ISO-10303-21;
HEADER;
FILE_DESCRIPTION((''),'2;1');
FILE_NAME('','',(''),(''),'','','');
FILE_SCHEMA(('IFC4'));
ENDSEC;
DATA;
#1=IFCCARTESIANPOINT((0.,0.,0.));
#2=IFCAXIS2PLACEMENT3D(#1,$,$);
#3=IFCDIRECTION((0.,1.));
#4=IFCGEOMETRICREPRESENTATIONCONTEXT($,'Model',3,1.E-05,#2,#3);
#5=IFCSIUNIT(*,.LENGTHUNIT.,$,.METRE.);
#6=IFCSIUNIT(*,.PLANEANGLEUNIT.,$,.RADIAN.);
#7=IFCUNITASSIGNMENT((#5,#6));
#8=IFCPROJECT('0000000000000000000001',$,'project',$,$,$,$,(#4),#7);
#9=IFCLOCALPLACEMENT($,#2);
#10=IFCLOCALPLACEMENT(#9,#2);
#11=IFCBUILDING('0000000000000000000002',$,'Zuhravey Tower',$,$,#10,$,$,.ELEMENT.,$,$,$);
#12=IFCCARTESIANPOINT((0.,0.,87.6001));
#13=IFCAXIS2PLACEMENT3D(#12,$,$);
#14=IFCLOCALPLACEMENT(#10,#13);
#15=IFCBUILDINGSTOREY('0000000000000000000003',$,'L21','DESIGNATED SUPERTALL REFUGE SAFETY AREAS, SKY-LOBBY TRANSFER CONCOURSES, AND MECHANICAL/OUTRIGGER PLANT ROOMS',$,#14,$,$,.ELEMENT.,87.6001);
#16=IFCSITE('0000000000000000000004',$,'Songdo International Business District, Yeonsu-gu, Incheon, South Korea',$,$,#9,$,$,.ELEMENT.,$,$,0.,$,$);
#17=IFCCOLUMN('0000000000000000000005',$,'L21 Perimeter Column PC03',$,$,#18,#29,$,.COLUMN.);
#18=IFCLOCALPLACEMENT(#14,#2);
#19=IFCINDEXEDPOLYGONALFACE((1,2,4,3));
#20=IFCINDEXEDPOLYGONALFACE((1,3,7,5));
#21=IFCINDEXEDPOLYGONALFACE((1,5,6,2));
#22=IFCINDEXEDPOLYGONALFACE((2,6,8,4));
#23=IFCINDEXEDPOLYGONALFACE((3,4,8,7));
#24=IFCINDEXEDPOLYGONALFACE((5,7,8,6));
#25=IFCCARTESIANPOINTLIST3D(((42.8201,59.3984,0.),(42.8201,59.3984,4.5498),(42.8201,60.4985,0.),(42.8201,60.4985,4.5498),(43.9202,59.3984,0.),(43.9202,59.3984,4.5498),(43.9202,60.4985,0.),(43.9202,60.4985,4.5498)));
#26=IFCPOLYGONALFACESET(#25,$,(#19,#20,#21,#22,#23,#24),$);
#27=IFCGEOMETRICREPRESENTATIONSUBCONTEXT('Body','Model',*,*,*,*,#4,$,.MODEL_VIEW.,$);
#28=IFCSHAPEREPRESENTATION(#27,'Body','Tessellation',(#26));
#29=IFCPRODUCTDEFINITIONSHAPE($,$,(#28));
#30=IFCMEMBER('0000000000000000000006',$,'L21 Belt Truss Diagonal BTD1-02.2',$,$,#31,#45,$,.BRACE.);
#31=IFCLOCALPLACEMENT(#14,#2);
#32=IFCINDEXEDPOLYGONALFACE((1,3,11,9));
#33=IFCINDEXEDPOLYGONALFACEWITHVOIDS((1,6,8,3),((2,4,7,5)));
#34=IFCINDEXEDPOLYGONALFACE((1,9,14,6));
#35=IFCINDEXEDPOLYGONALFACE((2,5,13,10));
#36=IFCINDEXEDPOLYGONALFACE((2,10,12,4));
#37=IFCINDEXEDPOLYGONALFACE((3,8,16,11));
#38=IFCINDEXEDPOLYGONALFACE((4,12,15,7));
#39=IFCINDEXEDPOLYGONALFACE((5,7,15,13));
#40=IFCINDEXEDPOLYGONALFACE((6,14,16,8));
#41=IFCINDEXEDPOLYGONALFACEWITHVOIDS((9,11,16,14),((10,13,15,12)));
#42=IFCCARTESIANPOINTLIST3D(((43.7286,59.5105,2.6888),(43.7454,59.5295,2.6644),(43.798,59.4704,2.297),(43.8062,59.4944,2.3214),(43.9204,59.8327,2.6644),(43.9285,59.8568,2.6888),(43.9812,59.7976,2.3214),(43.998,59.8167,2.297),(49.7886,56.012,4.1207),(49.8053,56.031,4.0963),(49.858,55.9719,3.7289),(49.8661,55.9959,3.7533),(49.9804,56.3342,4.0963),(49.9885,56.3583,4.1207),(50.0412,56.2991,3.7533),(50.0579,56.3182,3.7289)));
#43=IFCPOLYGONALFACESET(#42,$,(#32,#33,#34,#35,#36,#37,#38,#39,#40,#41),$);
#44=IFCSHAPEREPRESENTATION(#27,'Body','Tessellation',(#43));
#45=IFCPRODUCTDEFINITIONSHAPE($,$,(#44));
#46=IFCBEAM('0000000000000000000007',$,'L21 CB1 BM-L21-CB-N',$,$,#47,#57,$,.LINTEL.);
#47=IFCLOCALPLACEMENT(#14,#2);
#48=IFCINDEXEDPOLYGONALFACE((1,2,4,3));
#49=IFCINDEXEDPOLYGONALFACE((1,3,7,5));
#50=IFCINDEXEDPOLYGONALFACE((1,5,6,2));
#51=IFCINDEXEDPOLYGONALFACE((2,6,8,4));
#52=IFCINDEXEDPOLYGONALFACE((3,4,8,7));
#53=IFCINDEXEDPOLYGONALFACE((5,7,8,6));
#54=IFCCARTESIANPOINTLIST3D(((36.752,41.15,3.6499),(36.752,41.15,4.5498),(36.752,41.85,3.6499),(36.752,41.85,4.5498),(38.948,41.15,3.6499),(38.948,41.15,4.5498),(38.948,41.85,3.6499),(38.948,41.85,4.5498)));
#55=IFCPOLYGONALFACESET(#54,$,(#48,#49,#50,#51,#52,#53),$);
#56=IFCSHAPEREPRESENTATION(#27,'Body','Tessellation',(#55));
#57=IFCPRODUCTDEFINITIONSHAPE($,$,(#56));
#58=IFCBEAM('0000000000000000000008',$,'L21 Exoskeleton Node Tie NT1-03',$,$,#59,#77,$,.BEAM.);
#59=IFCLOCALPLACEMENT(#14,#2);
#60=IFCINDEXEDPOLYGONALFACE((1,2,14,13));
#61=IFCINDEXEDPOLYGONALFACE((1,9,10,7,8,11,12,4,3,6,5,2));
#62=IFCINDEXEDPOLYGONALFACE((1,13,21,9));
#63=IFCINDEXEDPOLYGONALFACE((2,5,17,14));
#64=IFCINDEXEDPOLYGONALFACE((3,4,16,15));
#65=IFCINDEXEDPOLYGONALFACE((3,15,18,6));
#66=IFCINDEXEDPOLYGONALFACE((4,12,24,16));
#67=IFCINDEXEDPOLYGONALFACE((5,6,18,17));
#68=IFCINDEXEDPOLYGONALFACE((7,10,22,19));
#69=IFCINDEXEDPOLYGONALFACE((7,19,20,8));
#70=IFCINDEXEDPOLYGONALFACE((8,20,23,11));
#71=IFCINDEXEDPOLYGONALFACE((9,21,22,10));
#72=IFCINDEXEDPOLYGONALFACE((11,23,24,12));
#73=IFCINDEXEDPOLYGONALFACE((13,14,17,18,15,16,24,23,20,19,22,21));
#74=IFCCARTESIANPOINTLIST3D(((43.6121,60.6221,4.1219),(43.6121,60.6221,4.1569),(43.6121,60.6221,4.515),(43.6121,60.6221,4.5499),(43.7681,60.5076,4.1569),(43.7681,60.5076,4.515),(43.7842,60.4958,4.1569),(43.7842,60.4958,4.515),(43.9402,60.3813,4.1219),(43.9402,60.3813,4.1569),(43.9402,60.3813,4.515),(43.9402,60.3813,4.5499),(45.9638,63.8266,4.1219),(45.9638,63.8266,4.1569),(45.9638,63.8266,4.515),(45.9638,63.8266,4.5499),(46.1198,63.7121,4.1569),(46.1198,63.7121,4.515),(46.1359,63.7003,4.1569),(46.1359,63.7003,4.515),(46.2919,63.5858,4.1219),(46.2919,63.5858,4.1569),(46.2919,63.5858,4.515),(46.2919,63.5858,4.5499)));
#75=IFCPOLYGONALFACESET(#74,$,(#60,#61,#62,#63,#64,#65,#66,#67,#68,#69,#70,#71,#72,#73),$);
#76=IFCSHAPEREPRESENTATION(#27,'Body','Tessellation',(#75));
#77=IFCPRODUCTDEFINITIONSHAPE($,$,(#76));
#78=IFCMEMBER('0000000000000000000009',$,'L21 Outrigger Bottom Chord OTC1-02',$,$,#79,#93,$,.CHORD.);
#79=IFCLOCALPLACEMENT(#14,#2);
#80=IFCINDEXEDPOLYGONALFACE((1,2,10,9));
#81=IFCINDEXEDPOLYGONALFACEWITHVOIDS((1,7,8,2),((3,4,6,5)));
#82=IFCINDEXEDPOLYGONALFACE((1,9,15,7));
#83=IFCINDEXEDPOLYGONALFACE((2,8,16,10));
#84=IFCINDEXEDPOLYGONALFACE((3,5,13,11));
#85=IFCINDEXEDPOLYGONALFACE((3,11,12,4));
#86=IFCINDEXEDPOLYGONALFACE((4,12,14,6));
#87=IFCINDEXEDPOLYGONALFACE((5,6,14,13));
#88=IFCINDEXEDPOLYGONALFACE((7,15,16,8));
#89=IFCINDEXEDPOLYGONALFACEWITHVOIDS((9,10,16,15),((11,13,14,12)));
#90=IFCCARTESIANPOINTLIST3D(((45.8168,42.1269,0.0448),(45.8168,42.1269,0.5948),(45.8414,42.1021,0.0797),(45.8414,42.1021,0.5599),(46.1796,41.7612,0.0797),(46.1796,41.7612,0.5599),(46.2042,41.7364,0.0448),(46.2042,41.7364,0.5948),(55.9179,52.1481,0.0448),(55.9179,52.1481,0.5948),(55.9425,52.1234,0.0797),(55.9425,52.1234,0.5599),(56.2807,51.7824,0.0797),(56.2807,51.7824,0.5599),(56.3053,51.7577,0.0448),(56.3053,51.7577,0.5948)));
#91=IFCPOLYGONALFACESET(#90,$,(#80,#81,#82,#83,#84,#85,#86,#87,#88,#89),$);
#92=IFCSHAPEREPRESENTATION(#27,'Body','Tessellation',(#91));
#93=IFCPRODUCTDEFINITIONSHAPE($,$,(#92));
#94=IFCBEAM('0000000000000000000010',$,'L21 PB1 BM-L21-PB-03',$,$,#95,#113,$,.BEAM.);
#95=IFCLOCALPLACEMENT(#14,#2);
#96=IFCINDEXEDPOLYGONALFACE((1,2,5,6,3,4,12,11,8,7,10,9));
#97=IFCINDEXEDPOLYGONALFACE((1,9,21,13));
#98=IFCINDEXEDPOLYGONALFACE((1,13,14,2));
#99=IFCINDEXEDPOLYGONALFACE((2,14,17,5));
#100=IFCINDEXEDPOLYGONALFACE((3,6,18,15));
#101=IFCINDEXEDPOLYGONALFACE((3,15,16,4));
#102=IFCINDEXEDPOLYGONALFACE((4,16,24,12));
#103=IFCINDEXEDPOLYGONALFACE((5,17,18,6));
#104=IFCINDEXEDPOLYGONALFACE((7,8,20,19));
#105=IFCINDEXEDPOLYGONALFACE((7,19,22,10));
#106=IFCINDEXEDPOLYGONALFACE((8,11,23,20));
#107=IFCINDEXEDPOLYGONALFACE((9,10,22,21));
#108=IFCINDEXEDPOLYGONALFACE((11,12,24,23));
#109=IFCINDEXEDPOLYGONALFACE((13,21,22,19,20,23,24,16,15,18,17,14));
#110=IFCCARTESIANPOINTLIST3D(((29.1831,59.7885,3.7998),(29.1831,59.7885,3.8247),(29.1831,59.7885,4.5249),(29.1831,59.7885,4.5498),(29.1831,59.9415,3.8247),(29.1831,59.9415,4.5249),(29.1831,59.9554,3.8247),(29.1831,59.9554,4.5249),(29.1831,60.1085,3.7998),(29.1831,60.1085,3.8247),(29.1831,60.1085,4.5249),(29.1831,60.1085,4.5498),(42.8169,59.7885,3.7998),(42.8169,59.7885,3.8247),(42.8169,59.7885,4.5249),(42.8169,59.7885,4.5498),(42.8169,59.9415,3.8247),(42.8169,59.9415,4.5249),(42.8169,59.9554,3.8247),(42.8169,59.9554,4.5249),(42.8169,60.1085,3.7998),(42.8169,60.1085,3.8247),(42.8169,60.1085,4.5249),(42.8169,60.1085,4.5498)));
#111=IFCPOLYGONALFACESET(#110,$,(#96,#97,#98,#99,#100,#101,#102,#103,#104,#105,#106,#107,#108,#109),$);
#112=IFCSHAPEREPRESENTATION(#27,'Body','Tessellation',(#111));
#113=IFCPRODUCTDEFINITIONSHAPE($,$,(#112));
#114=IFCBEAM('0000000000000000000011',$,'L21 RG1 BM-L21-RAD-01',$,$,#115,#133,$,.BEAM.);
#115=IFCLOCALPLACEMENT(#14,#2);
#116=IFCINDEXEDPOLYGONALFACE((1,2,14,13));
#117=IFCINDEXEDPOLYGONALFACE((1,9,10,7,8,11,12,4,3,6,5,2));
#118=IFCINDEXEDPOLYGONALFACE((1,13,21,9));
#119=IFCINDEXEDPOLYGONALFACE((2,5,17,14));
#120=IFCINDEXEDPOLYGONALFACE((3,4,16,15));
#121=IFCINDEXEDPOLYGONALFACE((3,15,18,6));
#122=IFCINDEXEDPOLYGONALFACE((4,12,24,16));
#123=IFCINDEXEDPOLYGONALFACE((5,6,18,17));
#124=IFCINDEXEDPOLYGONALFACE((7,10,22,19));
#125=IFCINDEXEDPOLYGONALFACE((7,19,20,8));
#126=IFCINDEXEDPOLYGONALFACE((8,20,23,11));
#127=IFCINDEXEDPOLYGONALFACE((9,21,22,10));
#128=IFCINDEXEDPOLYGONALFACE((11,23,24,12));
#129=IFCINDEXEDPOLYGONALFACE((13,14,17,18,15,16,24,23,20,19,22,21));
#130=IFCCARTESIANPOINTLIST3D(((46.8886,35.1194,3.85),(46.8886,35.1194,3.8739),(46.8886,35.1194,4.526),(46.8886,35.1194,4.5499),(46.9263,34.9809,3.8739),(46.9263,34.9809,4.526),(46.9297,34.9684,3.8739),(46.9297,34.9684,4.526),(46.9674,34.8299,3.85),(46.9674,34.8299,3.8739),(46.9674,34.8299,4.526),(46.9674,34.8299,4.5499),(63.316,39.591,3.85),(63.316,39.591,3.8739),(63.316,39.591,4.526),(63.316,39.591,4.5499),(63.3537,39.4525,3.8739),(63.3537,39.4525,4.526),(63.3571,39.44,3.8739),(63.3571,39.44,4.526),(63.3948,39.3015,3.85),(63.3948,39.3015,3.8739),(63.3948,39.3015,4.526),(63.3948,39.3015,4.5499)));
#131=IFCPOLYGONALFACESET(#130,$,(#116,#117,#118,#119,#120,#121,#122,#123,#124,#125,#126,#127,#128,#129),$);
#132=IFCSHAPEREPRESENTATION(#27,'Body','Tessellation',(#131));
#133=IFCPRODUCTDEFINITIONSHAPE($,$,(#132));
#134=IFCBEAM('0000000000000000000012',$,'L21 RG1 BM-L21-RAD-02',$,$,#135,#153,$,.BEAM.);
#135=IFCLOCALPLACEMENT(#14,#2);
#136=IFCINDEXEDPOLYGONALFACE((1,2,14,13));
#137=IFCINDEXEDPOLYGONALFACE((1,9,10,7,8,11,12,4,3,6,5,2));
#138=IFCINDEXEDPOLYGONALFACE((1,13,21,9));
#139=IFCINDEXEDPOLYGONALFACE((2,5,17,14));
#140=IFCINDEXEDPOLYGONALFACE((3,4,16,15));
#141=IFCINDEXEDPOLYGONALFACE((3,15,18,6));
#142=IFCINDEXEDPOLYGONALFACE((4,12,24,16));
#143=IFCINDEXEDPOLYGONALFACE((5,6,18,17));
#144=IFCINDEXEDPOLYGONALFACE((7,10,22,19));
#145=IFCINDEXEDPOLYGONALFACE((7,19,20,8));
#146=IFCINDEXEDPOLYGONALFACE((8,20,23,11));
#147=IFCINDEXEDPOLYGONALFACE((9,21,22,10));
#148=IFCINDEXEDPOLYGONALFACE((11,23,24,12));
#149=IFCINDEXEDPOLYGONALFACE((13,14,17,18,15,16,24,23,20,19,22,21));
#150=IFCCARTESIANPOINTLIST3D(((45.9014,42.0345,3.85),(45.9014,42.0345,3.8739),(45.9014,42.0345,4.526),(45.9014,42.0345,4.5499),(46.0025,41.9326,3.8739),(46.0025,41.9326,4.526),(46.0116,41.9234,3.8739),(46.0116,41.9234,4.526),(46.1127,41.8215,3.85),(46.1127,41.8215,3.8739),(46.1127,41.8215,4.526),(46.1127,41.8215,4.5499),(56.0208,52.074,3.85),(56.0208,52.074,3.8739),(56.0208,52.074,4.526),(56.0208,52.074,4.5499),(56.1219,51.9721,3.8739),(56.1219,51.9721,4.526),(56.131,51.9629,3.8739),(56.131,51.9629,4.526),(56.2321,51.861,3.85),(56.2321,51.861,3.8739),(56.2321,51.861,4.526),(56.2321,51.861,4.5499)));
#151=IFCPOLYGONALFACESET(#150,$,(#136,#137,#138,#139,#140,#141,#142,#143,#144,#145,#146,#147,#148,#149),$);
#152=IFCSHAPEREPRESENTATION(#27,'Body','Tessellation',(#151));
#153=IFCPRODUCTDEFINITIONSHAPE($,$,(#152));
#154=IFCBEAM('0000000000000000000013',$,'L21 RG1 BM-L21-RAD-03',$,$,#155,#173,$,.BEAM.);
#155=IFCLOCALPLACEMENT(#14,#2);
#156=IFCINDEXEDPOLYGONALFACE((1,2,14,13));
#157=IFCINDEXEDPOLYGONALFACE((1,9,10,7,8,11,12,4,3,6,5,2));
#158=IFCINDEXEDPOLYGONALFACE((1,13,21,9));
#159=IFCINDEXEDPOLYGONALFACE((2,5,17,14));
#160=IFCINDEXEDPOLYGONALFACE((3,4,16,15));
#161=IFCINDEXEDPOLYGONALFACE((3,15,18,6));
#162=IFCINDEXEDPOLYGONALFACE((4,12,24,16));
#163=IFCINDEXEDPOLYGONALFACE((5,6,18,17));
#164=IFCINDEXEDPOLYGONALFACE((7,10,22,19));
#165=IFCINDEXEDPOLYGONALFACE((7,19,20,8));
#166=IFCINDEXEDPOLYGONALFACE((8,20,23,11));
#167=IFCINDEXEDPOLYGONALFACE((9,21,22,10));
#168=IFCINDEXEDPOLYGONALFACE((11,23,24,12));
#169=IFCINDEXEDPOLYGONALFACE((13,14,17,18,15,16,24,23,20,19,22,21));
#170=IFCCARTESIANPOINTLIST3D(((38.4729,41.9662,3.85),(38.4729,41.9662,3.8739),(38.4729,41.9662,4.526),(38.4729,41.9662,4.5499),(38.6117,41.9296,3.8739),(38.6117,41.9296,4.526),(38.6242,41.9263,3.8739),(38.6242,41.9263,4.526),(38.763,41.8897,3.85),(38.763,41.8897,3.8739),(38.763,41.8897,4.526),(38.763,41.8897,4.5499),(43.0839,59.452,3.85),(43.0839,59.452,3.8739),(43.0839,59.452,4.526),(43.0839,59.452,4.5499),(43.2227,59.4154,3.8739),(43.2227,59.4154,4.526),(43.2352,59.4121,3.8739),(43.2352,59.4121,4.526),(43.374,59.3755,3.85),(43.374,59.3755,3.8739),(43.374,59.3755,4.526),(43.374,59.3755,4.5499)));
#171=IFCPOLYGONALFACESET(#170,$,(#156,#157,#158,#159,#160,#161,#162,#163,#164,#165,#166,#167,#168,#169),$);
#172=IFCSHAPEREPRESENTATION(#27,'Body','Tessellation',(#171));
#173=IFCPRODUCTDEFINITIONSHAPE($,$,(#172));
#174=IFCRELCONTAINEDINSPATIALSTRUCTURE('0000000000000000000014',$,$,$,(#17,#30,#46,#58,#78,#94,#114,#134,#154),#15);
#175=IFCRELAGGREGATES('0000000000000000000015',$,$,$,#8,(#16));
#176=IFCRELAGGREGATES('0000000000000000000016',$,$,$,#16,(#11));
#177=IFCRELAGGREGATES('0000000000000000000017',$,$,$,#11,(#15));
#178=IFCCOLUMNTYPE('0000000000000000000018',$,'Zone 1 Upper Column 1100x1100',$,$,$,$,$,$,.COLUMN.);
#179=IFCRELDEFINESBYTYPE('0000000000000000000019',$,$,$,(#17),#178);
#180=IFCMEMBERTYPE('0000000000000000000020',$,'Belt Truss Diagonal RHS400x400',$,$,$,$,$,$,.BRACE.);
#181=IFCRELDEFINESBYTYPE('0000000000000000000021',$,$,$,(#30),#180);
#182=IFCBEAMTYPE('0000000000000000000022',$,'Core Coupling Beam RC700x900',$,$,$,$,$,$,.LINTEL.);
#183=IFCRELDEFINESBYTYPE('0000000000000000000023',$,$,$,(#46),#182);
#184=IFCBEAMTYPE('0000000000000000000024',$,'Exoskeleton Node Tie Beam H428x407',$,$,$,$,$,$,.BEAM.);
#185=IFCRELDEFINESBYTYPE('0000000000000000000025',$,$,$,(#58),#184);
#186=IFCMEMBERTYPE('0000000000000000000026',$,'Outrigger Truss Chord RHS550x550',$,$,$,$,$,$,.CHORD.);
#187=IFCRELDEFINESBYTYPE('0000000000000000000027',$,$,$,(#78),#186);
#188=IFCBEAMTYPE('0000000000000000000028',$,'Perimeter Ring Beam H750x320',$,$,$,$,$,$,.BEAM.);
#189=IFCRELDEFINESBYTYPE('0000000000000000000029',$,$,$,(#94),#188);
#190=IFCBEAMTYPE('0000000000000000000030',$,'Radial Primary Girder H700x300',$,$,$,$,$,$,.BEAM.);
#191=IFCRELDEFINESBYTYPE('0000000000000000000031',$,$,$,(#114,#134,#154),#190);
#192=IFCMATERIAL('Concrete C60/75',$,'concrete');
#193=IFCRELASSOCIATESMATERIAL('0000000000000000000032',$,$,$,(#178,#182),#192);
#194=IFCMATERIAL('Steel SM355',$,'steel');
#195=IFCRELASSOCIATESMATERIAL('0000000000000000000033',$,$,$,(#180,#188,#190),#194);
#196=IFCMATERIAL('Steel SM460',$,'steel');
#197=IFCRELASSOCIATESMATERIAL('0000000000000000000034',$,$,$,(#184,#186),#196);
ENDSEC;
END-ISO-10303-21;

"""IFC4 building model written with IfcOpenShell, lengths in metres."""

from ifc_helpers import new_model, si_unit, direction, frame, origin, origin_2d, place, context, subcontext, project, spatial, rectangle, hollow_rectangle, i_section, extrude, material, material_profile, profile_set, type_object, element, save


model = new_model("IFC4")

# Units and contexts
model_context = context("Model", 3, precision=1e-05, world=origin(), true_north=direction((0.0, 1.0)))
body_context = subcontext(model_context, "Body", "Model", "MODEL_VIEW")
ifc_project = project(units=[si_unit("LENGTHUNIT", "METRE"), si_unit("PLANEANGLEUNIT", "RADIAN")], contexts=[model_context])

# Site, building, storey
site_placement = place(None, origin())
site = spatial("IfcSite", under=ifc_project, at=site_placement, Name="Songdo International Business District, Yeonsu-gu, Incheon, South Korea", CompositionType="ELEMENT", RefElevation=0.0)
building_placement = place(site_placement, origin())
building = spatial("IfcBuilding", under=site, at=building_placement, Name="Zuhravey Tower", CompositionType="ELEMENT")
storey_placement = place(building_placement, frame((0.0, 0.0, 87.6001)))
storey = spatial("IfcBuildingStorey", under=building, at=storey_placement, Name="L21", Description="DESIGNATED SUPERTALL REFUGE SAFETY AREAS, SKY-LOBBY TRANSFER CONCOURSES, AND MECHANICAL/OUTRIGGER PLANT ROOMS", CompositionType="ELEMENT", Elevation=87.6001)

# Column
ifc_material_1 = material(Name="Concrete C60/75", Category="concrete")
ifc_material_profile_1 = material_profile(ifc_material_1, rectangle(XDim=1.1001, YDim=1.1001, at=origin_2d()), Name="RC-1100x1100")
ifc_profile_set_1 = profile_set([ifc_material_profile_1], Name="Concrete C60/75")
column_type = type_object("IfcColumnType", Name="Zone 1 Upper Column 1100x1100", PredefinedType="COLUMN", material=ifc_profile_set_1)
column_placement = place(storey_placement, frame((43.3701, 59.9485, 0.0), z_axis=(0.0, 0.0, 1.0), x_axis=(-1.0, 0.0, 0.0)))
element("IfcColumn", 1, at=column_placement, inside=storey, type_object=column_type, Name="L21 Perimeter Column PC03", PredefinedType="COLUMN", context=body_context, shape_type="SweptSolid", body=[
    extrude(rectangle(XDim=1.1001, YDim=1.1001, at=origin_2d()), origin(), (0.0, 0.0, 1.0), 4.5498),
])

# Member
ifc_material_2 = material(Name="Steel SM355", Category="steel")
ifc_material_profile_2 = material_profile(ifc_material_2, hollow_rectangle(XDim=0.3999, YDim=0.3999, WallThickness=0.0249, at=origin_2d()), Name="RHS-400x400x25")
ifc_profile_set_2 = profile_set([ifc_material_profile_2], Name="Steel SM355")
member_type_1 = type_object("IfcMemberType", Name="Belt Truss Diagonal RHS400x400", PredefinedType="BRACE", material=ifc_profile_set_2)
member_1_placement = place(storey_placement, frame((43.8633, 59.6636, 2.4929), z_axis=(0.848459, -0.489824, 0.200476), x_axis=(0.499974, 0.86604, 0.0)))
element("IfcMember", 2, at=member_1_placement, inside=storey, type_object=member_type_1, Name="L21 Belt Truss Diagonal BTD1-02.2", PredefinedType="BRACE", context=body_context, shape_type="SweptSolid", body=[
    extrude(hollow_rectangle(XDim=0.3999, YDim=0.3999, WallThickness=0.0249, at=origin_2d()), origin(), (0.0, 0.0, 1.0), 7.1423),
])

# Beams
ifc_material_profile_3 = material_profile(ifc_material_1, rectangle(XDim=0.7, YDim=0.8999, at=origin_2d()), Name="RC-700x900")
ifc_profile_set_3 = profile_set([ifc_material_profile_3], Name="Concrete C60/75")
beam_type_1 = type_object("IfcBeamType", Name="Core Coupling Beam RC700x900", PredefinedType="LINTEL", material=ifc_profile_set_3)
beam_1_placement = place(storey_placement, frame((36.752, 41.5, 4.0999), z_axis=(1.0, 0.0, 0.0), x_axis=(0.0, 1.0, 0.0)))
element("IfcBeam", 3, at=beam_1_placement, inside=storey, type_object=beam_type_1, Name="L21 CB1 BM-L21-CB-N", PredefinedType="LINTEL", context=body_context, shape_type="SweptSolid", body=[
    extrude(rectangle(XDim=0.7, YDim=0.8999, at=origin_2d()), origin(), (0.0, 0.0, 1.0), 2.196),
])
ifc_material_3 = material(Name="Steel SM460", Category="steel")
ifc_material_profile_4 = material_profile(ifc_material_3, i_section(OverallWidth=0.407, OverallDepth=0.428, WebThickness=0.02, FlangeThickness=0.0349, at=origin_2d()), Name="H-428x407x20x35")
ifc_profile_set_4 = profile_set([ifc_material_profile_4], Name="Steel SM460")
beam_type_2 = type_object("IfcBeamType", Name="Exoskeleton Node Tie Beam H428x407", PredefinedType="BEAM", material=ifc_profile_set_4)
beam_2_placement = place(storey_placement, frame((43.7761, 60.5017, 4.3359), z_axis=(0.591654, 0.806192, 0.0), x_axis=(-0.806192, 0.591654, 0.0)))
element("IfcBeam", 4, at=beam_2_placement, inside=storey, type_object=beam_type_2, Name="L21 Exoskeleton Node Tie NT1-03", PredefinedType="BEAM", context=body_context, shape_type="SweptSolid", body=[
    extrude(i_section(OverallWidth=0.407, OverallDepth=0.428, WebThickness=0.02, FlangeThickness=0.0349, at=origin_2d()), origin(), (0.0, 0.0, 1.0), 3.9749),
])

# Member
ifc_material_profile_5 = material_profile(ifc_material_3, hollow_rectangle(XDim=0.55, YDim=0.55, WallThickness=0.0349, at=origin_2d()), Name="RHS-550x550x35")
ifc_profile_set_5 = profile_set([ifc_material_profile_5], Name="Steel SM460")
member_type_2 = type_object("IfcMemberType", Name="Outrigger Truss Chord RHS550x550", PredefinedType="CHORD", material=ifc_profile_set_5)
member_2_placement = place(storey_placement, frame((46.0105, 41.9316, 0.3198), z_axis=(0.709907, 0.704296, 0.0), x_axis=(-0.704296, 0.709907, 0.0)))
element("IfcMember", 5, at=member_2_placement, inside=storey, type_object=member_type_2, Name="L21 Outrigger Bottom Chord OTC1-02", PredefinedType="CHORD", context=body_context, shape_type="SweptSolid", body=[
    extrude(hollow_rectangle(XDim=0.55, YDim=0.55, WallThickness=0.0349, at=origin_2d()), origin(), (0.0, 0.0, 1.0), 14.2288),
])

# Beams
ifc_material_profile_6 = material_profile(ifc_material_2, i_section(OverallWidth=0.3201, OverallDepth=0.75, WebThickness=0.0139, FlangeThickness=0.0249, at=origin_2d()), Name="H-750x320x14x25")
ifc_profile_set_6 = profile_set([ifc_material_profile_6], Name="Steel SM355")
beam_type_3 = type_object("IfcBeamType", Name="Perimeter Ring Beam H750x320", PredefinedType="BEAM", material=ifc_profile_set_6)
beam_3_placement = place(storey_placement, frame((42.8169, 59.9485, 4.1748), z_axis=(-1.0, 0.0, 0.0), x_axis=(0.0, -1.0, 0.0)))
element("IfcBeam", 6, at=beam_3_placement, inside=storey, type_object=beam_type_3, Name="L21 PB1 BM-L21-PB-03", PredefinedType="BEAM", context=body_context, shape_type="SweptSolid", body=[
    extrude(i_section(OverallWidth=0.3201, OverallDepth=0.75, WebThickness=0.0139, FlangeThickness=0.0249, at=origin_2d()), origin(), (0.0, 0.0, 1.0), 13.6338),
])
ifc_material_profile_7 = material_profile(ifc_material_2, i_section(OverallWidth=0.3, OverallDepth=0.7, WebThickness=0.0129, FlangeThickness=0.0239, at=origin_2d()), Name="H-700x300x13x24")
ifc_profile_set_7 = profile_set([ifc_material_profile_7], Name="Steel SM355")
beam_type_4 = type_object("IfcBeamType", Name="Radial Primary Girder H700x300", PredefinedType="BEAM", material=ifc_profile_set_7)
beam_4_placement = place(storey_placement, frame((46.928, 34.9746, 4.2), z_axis=(0.964891, 0.26265, 0.0), x_axis=(-0.26265, 0.964891, 0.0)))
element("IfcBeam", 7, at=beam_4_placement, inside=storey, type_object=beam_type_4, Name="L21 RG1 BM-L21-RAD-01", PredefinedType="BEAM", context=body_context, shape_type="SweptSolid", body=[
    extrude(i_section(OverallWidth=0.3, OverallDepth=0.7, WebThickness=0.0129, FlangeThickness=0.0239, at=origin_2d()), origin(), (0.0, 0.0, 1.0), 17.0251),
])
beam_5_placement = place(storey_placement, frame((46.0071, 41.928, 4.2), z_axis=(0.709902, 0.704301, 0.0), x_axis=(-0.704301, 0.709902, 0.0)))
element("IfcBeam", 8, at=beam_5_placement, inside=storey, type_object=beam_type_4, Name="L21 RG1 BM-L21-RAD-02", PredefinedType="BEAM", context=body_context, shape_type="SweptSolid", body=[
    extrude(i_section(OverallWidth=0.3, OverallDepth=0.7, WebThickness=0.0129, FlangeThickness=0.0239, at=origin_2d()), origin(), (0.0, 0.0, 1.0), 14.2546),
])
beam_6_placement = place(storey_placement, frame((38.6179, 41.928, 4.2), z_axis=(0.254987, 0.966944, 0.0), x_axis=(-0.966944, 0.254987, 0.0)))
element("IfcBeam", 9, at=beam_6_placement, inside=storey, type_object=beam_type_4, Name="L21 RG1 BM-L21-RAD-03", PredefinedType="BEAM", context=body_context, shape_type="SweptSolid", body=[
    extrude(i_section(OverallWidth=0.3, OverallDepth=0.7, WebThickness=0.0129, FlangeThickness=0.0239, at=origin_2d()), origin(), (0.0, 0.0, 1.0), 18.0835),
])

save(model, "model.ifc")
